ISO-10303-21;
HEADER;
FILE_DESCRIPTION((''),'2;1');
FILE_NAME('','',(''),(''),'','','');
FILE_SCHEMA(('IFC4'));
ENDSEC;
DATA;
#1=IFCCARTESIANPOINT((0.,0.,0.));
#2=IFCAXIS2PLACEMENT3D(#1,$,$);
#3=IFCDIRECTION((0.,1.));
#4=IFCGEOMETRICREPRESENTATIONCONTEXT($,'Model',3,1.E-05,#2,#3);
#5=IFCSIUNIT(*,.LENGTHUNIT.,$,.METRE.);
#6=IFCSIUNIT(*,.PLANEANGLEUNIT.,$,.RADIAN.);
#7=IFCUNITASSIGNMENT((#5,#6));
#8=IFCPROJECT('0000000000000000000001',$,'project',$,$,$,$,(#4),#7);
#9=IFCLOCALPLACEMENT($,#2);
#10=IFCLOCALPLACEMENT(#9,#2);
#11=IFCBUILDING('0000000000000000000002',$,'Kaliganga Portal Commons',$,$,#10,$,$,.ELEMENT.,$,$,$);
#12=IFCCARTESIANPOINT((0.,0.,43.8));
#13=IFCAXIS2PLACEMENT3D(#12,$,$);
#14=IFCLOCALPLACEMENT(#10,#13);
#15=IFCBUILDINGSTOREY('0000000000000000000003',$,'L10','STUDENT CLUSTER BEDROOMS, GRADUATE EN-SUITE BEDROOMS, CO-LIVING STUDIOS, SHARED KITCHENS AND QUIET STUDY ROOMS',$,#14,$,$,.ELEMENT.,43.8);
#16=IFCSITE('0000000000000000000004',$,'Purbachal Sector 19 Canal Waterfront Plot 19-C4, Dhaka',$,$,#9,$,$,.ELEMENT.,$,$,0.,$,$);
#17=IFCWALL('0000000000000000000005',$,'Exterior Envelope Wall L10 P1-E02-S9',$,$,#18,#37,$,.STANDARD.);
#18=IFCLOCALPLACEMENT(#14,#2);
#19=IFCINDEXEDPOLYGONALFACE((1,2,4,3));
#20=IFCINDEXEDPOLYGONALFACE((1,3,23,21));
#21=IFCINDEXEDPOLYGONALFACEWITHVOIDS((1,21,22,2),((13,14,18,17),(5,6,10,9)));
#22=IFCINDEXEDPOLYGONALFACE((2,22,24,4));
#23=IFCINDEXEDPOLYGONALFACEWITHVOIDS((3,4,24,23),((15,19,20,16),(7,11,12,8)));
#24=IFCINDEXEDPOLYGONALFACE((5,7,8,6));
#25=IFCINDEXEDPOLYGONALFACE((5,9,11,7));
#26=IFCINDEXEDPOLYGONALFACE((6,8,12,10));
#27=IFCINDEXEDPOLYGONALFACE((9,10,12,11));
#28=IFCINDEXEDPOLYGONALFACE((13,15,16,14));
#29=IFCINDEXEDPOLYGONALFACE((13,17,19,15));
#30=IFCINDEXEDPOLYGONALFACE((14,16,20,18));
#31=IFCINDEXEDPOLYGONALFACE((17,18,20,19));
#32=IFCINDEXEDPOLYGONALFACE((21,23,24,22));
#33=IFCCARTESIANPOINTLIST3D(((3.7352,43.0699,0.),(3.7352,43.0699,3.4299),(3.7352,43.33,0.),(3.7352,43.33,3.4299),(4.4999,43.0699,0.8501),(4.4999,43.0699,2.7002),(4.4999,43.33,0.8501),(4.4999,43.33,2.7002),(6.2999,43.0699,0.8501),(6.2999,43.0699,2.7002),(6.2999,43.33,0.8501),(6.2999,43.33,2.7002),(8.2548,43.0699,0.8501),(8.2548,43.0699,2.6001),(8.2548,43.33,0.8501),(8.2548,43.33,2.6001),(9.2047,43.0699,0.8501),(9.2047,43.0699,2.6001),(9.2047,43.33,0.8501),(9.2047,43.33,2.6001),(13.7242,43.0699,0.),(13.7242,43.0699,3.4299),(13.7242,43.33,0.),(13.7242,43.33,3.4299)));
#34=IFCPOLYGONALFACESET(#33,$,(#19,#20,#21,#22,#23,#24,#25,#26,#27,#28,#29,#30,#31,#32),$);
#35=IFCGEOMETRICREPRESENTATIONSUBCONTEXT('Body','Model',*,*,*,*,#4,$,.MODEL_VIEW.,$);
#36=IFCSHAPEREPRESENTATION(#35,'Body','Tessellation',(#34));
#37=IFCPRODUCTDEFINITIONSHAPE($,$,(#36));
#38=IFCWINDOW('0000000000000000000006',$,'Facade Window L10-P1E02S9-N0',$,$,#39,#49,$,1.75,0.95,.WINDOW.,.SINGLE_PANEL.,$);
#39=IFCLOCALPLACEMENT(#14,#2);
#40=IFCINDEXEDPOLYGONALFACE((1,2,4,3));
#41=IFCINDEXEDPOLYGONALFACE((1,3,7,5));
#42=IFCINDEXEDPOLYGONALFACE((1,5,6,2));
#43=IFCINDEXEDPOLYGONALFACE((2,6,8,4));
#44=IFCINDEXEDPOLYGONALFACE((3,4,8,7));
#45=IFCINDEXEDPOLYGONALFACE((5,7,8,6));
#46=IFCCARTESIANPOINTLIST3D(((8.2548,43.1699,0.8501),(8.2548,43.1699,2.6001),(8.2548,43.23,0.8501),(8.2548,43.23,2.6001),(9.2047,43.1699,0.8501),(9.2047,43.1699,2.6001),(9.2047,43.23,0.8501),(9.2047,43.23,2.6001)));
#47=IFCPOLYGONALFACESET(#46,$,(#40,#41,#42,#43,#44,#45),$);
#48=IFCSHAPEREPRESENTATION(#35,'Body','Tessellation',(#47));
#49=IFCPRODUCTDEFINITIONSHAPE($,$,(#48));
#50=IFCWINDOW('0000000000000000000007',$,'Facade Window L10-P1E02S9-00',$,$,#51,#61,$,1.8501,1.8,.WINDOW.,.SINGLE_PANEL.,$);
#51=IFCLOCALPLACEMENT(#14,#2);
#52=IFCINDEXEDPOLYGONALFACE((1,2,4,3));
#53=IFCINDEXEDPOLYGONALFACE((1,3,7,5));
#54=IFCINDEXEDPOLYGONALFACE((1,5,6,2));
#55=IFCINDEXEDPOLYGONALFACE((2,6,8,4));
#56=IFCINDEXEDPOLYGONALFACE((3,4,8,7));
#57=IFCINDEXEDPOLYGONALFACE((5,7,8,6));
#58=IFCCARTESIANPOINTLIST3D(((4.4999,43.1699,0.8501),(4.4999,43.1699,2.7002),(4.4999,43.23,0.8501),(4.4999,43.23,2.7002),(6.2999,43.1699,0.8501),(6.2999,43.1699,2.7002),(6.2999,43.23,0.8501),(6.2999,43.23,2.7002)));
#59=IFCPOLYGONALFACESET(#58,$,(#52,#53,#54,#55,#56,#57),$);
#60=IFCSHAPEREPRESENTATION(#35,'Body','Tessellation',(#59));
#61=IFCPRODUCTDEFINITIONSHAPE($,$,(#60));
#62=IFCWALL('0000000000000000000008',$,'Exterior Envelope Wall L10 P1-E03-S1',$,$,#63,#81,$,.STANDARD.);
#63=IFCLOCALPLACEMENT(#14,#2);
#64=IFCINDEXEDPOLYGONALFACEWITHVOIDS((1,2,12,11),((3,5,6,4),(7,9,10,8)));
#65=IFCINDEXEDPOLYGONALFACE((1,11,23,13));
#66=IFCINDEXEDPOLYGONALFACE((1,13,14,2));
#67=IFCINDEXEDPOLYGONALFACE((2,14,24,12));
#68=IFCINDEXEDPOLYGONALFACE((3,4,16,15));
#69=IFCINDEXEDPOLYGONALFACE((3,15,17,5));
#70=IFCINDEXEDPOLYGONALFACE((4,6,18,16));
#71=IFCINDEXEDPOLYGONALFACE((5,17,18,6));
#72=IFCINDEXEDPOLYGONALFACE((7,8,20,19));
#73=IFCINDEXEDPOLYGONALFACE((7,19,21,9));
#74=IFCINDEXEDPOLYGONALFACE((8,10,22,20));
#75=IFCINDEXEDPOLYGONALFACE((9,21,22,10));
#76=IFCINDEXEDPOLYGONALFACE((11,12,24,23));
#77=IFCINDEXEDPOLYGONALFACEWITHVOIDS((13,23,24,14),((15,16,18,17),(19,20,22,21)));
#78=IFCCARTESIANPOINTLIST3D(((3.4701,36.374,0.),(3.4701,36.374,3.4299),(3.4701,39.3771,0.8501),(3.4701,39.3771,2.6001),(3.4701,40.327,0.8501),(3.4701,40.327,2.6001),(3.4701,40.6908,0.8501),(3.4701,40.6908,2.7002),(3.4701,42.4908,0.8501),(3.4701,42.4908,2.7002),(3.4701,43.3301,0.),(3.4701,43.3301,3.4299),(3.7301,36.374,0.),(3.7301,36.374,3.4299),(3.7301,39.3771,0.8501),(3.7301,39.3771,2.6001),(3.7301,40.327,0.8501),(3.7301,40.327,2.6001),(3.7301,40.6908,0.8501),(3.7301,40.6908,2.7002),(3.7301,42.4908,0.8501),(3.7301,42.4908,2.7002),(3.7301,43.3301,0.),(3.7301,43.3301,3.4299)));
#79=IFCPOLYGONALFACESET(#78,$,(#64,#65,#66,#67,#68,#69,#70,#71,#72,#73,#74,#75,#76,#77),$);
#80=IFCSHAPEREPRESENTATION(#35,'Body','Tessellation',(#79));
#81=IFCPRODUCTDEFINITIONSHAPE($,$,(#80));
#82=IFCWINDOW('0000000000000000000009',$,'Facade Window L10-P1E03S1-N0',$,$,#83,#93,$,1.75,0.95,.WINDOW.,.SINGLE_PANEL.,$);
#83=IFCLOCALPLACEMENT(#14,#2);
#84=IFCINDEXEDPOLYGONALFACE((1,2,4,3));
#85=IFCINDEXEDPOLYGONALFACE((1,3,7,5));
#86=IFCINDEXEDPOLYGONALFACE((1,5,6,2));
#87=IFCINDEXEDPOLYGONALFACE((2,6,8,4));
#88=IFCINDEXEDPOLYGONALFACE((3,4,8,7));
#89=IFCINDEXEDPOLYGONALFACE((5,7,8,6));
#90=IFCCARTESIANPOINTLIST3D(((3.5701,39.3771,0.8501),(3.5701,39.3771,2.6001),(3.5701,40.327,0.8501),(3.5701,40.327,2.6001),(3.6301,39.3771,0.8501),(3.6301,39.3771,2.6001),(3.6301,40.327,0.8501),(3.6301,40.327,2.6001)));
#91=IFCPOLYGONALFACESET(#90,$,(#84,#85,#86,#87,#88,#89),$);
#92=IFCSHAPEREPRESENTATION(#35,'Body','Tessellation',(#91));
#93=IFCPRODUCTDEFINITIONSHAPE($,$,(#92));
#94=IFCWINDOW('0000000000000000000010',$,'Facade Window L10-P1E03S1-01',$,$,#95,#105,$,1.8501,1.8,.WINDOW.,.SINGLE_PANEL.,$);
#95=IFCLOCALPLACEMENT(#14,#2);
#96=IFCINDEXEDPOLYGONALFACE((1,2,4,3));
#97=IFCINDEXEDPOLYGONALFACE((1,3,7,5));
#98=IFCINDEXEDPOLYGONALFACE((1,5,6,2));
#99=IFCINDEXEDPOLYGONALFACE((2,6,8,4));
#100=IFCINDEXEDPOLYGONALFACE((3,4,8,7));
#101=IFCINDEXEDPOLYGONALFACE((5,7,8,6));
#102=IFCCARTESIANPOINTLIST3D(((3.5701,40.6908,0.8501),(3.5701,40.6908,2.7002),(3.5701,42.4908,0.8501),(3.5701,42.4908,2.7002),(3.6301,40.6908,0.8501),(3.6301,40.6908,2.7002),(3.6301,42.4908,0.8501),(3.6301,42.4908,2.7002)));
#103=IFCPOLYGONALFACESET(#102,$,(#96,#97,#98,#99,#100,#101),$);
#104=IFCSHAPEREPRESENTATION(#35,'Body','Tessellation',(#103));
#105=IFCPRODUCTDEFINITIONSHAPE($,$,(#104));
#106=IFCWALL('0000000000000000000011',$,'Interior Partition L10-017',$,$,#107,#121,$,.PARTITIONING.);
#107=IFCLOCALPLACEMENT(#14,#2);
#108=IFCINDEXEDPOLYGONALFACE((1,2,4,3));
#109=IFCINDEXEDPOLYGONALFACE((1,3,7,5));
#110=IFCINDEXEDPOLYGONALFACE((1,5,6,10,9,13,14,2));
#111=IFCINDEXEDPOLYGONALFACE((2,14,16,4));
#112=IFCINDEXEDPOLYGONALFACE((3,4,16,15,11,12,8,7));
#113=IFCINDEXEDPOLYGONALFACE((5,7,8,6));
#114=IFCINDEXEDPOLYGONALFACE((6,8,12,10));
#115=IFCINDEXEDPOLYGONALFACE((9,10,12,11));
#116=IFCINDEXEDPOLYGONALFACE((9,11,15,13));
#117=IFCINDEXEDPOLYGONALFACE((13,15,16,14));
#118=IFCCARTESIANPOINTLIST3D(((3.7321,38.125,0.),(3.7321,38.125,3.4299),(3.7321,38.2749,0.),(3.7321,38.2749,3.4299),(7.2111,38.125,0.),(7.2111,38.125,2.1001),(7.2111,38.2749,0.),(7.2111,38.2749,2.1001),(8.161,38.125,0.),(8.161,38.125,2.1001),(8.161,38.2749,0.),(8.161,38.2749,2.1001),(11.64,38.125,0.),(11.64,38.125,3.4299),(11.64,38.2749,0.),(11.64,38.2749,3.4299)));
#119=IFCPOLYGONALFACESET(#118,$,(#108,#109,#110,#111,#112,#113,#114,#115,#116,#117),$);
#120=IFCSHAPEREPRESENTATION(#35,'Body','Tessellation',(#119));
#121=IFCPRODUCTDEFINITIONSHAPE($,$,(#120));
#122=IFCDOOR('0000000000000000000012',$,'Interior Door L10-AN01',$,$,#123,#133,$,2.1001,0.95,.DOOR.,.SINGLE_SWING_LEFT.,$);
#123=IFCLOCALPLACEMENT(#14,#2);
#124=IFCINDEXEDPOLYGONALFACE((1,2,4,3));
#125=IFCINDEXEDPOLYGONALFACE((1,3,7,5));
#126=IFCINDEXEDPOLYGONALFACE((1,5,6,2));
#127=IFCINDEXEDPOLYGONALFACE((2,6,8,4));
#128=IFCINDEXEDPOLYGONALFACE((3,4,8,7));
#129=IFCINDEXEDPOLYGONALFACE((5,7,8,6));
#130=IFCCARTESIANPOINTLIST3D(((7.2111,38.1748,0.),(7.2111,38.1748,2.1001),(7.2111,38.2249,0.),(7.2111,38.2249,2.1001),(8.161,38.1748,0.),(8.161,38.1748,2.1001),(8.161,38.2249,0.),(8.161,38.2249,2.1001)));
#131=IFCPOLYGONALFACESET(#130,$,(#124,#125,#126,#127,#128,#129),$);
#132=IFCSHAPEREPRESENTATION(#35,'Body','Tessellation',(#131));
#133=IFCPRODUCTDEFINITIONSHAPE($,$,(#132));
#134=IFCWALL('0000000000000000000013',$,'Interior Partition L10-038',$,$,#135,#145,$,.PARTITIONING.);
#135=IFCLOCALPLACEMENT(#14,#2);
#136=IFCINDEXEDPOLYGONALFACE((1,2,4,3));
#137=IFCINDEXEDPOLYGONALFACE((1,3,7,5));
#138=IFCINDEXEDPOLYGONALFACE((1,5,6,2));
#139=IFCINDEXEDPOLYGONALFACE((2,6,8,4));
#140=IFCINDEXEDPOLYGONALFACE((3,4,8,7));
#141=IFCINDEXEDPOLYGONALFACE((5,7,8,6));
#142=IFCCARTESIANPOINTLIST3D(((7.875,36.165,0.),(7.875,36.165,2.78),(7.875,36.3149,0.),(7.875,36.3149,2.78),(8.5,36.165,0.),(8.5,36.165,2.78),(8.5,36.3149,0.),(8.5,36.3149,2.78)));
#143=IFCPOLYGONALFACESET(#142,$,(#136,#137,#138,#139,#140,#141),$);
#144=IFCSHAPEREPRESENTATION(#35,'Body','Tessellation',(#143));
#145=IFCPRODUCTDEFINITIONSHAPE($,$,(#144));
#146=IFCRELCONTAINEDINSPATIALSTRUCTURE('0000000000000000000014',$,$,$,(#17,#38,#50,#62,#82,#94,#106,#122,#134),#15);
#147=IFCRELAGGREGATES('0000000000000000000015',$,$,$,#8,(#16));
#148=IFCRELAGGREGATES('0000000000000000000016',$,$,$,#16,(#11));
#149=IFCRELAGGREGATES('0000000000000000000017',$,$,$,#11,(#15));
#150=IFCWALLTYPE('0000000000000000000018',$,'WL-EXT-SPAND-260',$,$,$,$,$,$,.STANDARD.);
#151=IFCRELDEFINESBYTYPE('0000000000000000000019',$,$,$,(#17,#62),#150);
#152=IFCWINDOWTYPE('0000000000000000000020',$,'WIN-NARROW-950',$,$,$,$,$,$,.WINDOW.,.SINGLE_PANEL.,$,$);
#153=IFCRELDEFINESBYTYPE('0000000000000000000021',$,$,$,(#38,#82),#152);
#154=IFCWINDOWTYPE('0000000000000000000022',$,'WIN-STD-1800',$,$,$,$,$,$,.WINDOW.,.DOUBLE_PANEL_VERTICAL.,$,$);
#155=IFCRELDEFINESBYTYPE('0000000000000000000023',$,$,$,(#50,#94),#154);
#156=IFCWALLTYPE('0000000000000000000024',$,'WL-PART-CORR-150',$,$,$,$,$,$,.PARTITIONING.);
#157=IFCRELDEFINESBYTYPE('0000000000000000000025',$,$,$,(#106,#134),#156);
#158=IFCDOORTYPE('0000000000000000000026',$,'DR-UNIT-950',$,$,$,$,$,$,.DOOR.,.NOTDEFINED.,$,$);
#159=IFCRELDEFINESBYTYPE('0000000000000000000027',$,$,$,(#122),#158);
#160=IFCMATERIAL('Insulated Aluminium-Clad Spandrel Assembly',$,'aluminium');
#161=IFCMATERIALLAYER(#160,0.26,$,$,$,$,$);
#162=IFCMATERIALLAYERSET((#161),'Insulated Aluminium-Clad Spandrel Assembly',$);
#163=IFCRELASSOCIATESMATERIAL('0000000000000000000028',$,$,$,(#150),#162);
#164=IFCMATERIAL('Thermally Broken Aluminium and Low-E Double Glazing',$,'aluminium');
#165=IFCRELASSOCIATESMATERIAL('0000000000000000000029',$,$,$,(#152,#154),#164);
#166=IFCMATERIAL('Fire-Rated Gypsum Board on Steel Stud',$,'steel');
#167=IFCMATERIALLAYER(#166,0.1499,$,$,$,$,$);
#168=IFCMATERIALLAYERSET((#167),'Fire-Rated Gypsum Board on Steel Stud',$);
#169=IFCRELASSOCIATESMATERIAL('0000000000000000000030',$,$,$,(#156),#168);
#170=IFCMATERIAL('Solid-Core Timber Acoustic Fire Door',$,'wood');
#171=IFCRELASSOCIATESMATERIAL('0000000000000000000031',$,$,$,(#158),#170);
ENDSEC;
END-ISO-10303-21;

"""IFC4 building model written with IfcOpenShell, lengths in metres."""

from ifc_helpers import new_model, si_unit, direction, frame, frame_2d, origin, place, context, subcontext, project, spatial, rectangle, extrude, material, layer, layer_set, type_object, element, fill, save


model = new_model("IFC4")

# Units and contexts
model_context = context("Model", 3, precision=1e-05, world=origin(), true_north=direction((0.0, 1.0)))
body_context = subcontext(model_context, "Body", "Model", "MODEL_VIEW")
ifc_project = project(units=[si_unit("LENGTHUNIT", "METRE"), si_unit("PLANEANGLEUNIT", "RADIAN")], contexts=[model_context])

# Site, building, storey
site_placement = place(None, origin())
site = spatial("IfcSite", under=ifc_project, at=site_placement, Name="Purbachal Sector 19 Canal Waterfront Plot 19-C4, Dhaka", CompositionType="ELEMENT", RefElevation=0.0)
building_placement = place(site_placement, origin())
building = spatial("IfcBuilding", under=site, at=building_placement, Name="Kaliganga Portal Commons", CompositionType="ELEMENT")
storey_placement = place(building_placement, frame((0.0, 0.0, 43.8)))
storey = spatial("IfcBuildingStorey", under=building, at=storey_placement, Name="L10", Description="STUDENT CLUSTER BEDROOMS, GRADUATE EN-SUITE BEDROOMS, CO-LIVING STUDIOS, SHARED KITCHENS AND QUIET STUDY ROOMS", CompositionType="ELEMENT", Elevation=43.8)

# Walls, openings, windows
ifc_material_1 = material(Name="Insulated Aluminium-Clad Spandrel Assembly", Category="aluminium")
ifc_layer_1 = layer(ifc_material_1, 0.26)
ifc_layer_set_1 = layer_set([ifc_layer_1], Name="Insulated Aluminium-Clad Spandrel Assembly")
wall_type_1 = type_object("IfcWallType", Name="WL-EXT-SPAND-260", PredefinedType="STANDARD", material=ifc_layer_set_1)
wall_1_placement = place(storey_placement, frame((3.7351, 43.2, 0.0), z_axis=(0.0, 0.0, 1.0), x_axis=(1.0, 0.0, 0.0)))
wall_1 = element("IfcWall", 1, at=wall_1_placement, inside=storey, type_object=wall_type_1, Name="Exterior Envelope Wall L10 P1-E02-S9", PredefinedType="STANDARD", context=body_context, shape_type="SweptSolid", body=[
    extrude(rectangle(XDim=9.989, YDim=0.26, at=frame_2d((4.9946, 0.0))), origin(), (0.0, 0.0, 1.0), 3.4299),
])
opening_1_placement = place(wall_1_placement, frame((0.7649, 0.0, 0.8501)))
opening_1 = element("IfcOpeningElement", 2, at=opening_1_placement, cuts=wall_1, PredefinedType="OPENING", context=body_context, shape_type="SweptSolid", body=[
    extrude(rectangle(XDim=1.8, YDim=1.8501, at=frame_2d((0.8999, 0.925))), frame((0.0, 0.1401, 0.0), z_axis=(0.0, -1.0, 0.0), x_axis=(1.0, 0.0, 0.0)), (0.0, 0.0, 1.0), 0.28),
])
opening_2_placement = place(wall_1_placement, frame((4.5195, 0.0, 0.8501)))
opening_2 = element("IfcOpeningElement", 3, at=opening_2_placement, cuts=wall_1, PredefinedType="OPENING", context=body_context, shape_type="SweptSolid", body=[
    extrude(rectangle(XDim=0.95, YDim=1.75, at=frame_2d((0.4751, 0.875))), frame((0.0, 0.1401, 0.0), z_axis=(0.0, -1.0, 0.0), x_axis=(1.0, 0.0, 0.0)), (0.0, 0.0, 1.0), 0.28),
])
ifc_material_2 = material(Name="Thermally Broken Aluminium and Low-E Double Glazing", Category="aluminium")
window_type_1 = type_object("IfcWindowType", Name="WIN-NARROW-950", PartitioningType="SINGLE_PANEL", PredefinedType="WINDOW", material=ifc_material_2)
window_1_placement = place(opening_2_placement, origin())
window_1 = element("IfcWindow", 4, at=window_1_placement, inside=storey, type_object=window_type_1, Name="Facade Window L10-P1E02S9-N0", OverallHeight=1.75, OverallWidth=0.95, PartitioningType="SINGLE_PANEL", PredefinedType="WINDOW", context=body_context, shape_type="SweptSolid", body=[
    extrude(rectangle(XDim=0.95, YDim=1.75, at=frame_2d((0.4751, 0.875))), frame((0.0, 0.03, 0.0), z_axis=(0.0, -1.0, 0.0), x_axis=(1.0, 0.0, 0.0)), (0.0, 0.0, 1.0), 0.0601),
])
fill(opening_2, window_1)
window_type_2 = type_object("IfcWindowType", Name="WIN-STD-1800", PartitioningType="DOUBLE_PANEL_VERTICAL", PredefinedType="WINDOW", material=ifc_material_2)
window_2_placement = place(opening_1_placement, origin())
window_2 = element("IfcWindow", 5, at=window_2_placement, inside=storey, type_object=window_type_2, Name="Facade Window L10-P1E02S9-00", OverallHeight=1.8501, OverallWidth=1.8, PartitioningType="SINGLE_PANEL", PredefinedType="WINDOW", context=body_context, shape_type="SweptSolid", body=[
    extrude(rectangle(XDim=1.8, YDim=1.8501, at=frame_2d((0.8999, 0.925))), frame((0.0, 0.03, 0.0), z_axis=(0.0, -1.0, 0.0), x_axis=(1.0, 0.0, 0.0)), (0.0, 0.0, 1.0), 0.0601),
])
fill(opening_1, window_2)
wall_2_placement = place(storey_placement, frame((3.6001, 36.374, 0.0), z_axis=(0.0, 0.0, 1.0), x_axis=(0.0, 1.0, 0.0)))
wall_2 = element("IfcWall", 6, at=wall_2_placement, inside=storey, type_object=wall_type_1, Name="Exterior Envelope Wall L10 P1-E03-S1", PredefinedType="STANDARD", context=body_context, shape_type="SweptSolid", body=[
    extrude(rectangle(XDim=6.9561, YDim=0.26, at=frame_2d((3.478, 0.0))), origin(), (0.0, 0.0, 1.0), 3.4299),
])
opening_3_placement = place(wall_2_placement, frame((4.3169, 0.0, 0.8501)))
opening_3 = element("IfcOpeningElement", 7, at=opening_3_placement, cuts=wall_2, PredefinedType="OPENING", context=body_context, shape_type="SweptSolid", body=[
    extrude(rectangle(XDim=1.8, YDim=1.8501, at=frame_2d((0.8999, 0.925))), frame((0.0, 0.1401, 0.0), z_axis=(0.0, -1.0, 0.0), x_axis=(1.0, 0.0, 0.0)), (0.0, 0.0, 1.0), 0.28),
])
opening_4_placement = place(wall_2_placement, frame((3.0029, 0.0, 0.8501)))
opening_4 = element("IfcOpeningElement", 8, at=opening_4_placement, cuts=wall_2, PredefinedType="OPENING", context=body_context, shape_type="SweptSolid", body=[
    extrude(rectangle(XDim=0.95, YDim=1.75, at=frame_2d((0.4751, 0.875))), frame((0.0, 0.1401, 0.0), z_axis=(0.0, -1.0, 0.0), x_axis=(1.0, 0.0, 0.0)), (0.0, 0.0, 1.0), 0.28),
])
window_3_placement = place(opening_4_placement, origin())
window_3 = element("IfcWindow", 9, at=window_3_placement, inside=storey, type_object=window_type_1, Name="Facade Window L10-P1E03S1-N0", OverallHeight=1.75, OverallWidth=0.95, PartitioningType="SINGLE_PANEL", PredefinedType="WINDOW", context=body_context, shape_type="SweptSolid", body=[
    extrude(rectangle(XDim=0.95, YDim=1.75, at=frame_2d((0.4751, 0.875))), frame((0.0, 0.03, 0.0), z_axis=(0.0, -1.0, 0.0), x_axis=(1.0, 0.0, 0.0)), (0.0, 0.0, 1.0), 0.0601),
])
fill(opening_4, window_3)
window_4_placement = place(opening_3_placement, origin())
window_4 = element("IfcWindow", 10, at=window_4_placement, inside=storey, type_object=window_type_2, Name="Facade Window L10-P1E03S1-01", OverallHeight=1.8501, OverallWidth=1.8, PartitioningType="SINGLE_PANEL", PredefinedType="WINDOW", context=body_context, shape_type="SweptSolid", body=[
    extrude(rectangle(XDim=1.8, YDim=1.8501, at=frame_2d((0.8999, 0.925))), frame((0.0, 0.03, 0.0), z_axis=(0.0, -1.0, 0.0), x_axis=(1.0, 0.0, 0.0)), (0.0, 0.0, 1.0), 0.0601),
])
fill(opening_3, window_4)

# Wall, opening, door
ifc_material_3 = material(Name="Fire-Rated Gypsum Board on Steel Stud", Category="steel")
ifc_layer_2 = layer(ifc_material_3, 0.1499)
ifc_layer_set_2 = layer_set([ifc_layer_2], Name="Fire-Rated Gypsum Board on Steel Stud")
wall_type_2 = type_object("IfcWallType", Name="WL-PART-CORR-150", PredefinedType="PARTITIONING", material=ifc_layer_set_2)
wall_3_placement = place(storey_placement, frame((3.7319, 38.2, 0.0), z_axis=(0.0, 0.0, 1.0), x_axis=(1.0, 0.0, 0.0)))
wall_3 = element("IfcWall", 11, at=wall_3_placement, inside=storey, type_object=wall_type_2, Name="Interior Partition L10-017", PredefinedType="PARTITIONING", context=body_context, shape_type="SweptSolid", body=[
    extrude(rectangle(XDim=7.908, YDim=0.1499, at=frame_2d((3.9541, 0.0))), origin(), (0.0, 0.0, 1.0), 3.4299),
])
opening_5_placement = place(wall_3_placement, frame((3.479, 0.0, 0.0)))
opening_5 = element("IfcOpeningElement", 12, at=opening_5_placement, cuts=wall_3, PredefinedType="OPENING", context=body_context, shape_type="SweptSolid", body=[
    extrude(rectangle(XDim=0.95, YDim=2.1001, at=frame_2d((0.4751, 1.05))), frame((0.0, 0.085, 0.0), z_axis=(0.0, -1.0, 0.0), x_axis=(1.0, 0.0, 0.0)), (0.0, 0.0, 1.0), 0.1699),
])
ifc_material_4 = material(Name="Solid-Core Timber Acoustic Fire Door", Category="wood")
door_type_1 = type_object("IfcDoorType", Name="DR-UNIT-950", OperationType="NOTDEFINED", PredefinedType="DOOR", material=ifc_material_4)
door_1_placement = place(opening_5_placement, origin())
door_1 = element("IfcDoor", 13, at=door_1_placement, inside=storey, type_object=door_type_1, Name="Interior Door L10-AN01", OperationType="SINGLE_SWING_LEFT", OverallHeight=2.1001, OverallWidth=0.95, PredefinedType="DOOR", context=body_context, shape_type="SweptSolid", body=[
    extrude(rectangle(XDim=0.95, YDim=2.1001, at=frame_2d((0.4751, 1.05))), frame((0.0, 0.0249, 0.0), z_axis=(0.0, -1.0, 0.0), x_axis=(1.0, 0.0, 0.0)), (0.0, 0.0, 1.0), 0.05),
])
fill(opening_5, door_1)

# Wall
wall_4_placement = place(storey_placement, frame((7.875, 36.24, 0.0), z_axis=(0.0, 0.0, 1.0), x_axis=(1.0, 0.0, 0.0)))
element("IfcWall", 14, at=wall_4_placement, inside=storey, type_object=wall_type_2, Name="Interior Partition L10-038", PredefinedType="PARTITIONING", context=body_context, shape_type="SweptSolid", body=[
    extrude(rectangle(XDim=0.625, YDim=0.1499, at=frame_2d((0.3125, 0.0))), origin(), (0.0, 0.0, 1.0), 2.78),
])

save(model, "model.ifc")
